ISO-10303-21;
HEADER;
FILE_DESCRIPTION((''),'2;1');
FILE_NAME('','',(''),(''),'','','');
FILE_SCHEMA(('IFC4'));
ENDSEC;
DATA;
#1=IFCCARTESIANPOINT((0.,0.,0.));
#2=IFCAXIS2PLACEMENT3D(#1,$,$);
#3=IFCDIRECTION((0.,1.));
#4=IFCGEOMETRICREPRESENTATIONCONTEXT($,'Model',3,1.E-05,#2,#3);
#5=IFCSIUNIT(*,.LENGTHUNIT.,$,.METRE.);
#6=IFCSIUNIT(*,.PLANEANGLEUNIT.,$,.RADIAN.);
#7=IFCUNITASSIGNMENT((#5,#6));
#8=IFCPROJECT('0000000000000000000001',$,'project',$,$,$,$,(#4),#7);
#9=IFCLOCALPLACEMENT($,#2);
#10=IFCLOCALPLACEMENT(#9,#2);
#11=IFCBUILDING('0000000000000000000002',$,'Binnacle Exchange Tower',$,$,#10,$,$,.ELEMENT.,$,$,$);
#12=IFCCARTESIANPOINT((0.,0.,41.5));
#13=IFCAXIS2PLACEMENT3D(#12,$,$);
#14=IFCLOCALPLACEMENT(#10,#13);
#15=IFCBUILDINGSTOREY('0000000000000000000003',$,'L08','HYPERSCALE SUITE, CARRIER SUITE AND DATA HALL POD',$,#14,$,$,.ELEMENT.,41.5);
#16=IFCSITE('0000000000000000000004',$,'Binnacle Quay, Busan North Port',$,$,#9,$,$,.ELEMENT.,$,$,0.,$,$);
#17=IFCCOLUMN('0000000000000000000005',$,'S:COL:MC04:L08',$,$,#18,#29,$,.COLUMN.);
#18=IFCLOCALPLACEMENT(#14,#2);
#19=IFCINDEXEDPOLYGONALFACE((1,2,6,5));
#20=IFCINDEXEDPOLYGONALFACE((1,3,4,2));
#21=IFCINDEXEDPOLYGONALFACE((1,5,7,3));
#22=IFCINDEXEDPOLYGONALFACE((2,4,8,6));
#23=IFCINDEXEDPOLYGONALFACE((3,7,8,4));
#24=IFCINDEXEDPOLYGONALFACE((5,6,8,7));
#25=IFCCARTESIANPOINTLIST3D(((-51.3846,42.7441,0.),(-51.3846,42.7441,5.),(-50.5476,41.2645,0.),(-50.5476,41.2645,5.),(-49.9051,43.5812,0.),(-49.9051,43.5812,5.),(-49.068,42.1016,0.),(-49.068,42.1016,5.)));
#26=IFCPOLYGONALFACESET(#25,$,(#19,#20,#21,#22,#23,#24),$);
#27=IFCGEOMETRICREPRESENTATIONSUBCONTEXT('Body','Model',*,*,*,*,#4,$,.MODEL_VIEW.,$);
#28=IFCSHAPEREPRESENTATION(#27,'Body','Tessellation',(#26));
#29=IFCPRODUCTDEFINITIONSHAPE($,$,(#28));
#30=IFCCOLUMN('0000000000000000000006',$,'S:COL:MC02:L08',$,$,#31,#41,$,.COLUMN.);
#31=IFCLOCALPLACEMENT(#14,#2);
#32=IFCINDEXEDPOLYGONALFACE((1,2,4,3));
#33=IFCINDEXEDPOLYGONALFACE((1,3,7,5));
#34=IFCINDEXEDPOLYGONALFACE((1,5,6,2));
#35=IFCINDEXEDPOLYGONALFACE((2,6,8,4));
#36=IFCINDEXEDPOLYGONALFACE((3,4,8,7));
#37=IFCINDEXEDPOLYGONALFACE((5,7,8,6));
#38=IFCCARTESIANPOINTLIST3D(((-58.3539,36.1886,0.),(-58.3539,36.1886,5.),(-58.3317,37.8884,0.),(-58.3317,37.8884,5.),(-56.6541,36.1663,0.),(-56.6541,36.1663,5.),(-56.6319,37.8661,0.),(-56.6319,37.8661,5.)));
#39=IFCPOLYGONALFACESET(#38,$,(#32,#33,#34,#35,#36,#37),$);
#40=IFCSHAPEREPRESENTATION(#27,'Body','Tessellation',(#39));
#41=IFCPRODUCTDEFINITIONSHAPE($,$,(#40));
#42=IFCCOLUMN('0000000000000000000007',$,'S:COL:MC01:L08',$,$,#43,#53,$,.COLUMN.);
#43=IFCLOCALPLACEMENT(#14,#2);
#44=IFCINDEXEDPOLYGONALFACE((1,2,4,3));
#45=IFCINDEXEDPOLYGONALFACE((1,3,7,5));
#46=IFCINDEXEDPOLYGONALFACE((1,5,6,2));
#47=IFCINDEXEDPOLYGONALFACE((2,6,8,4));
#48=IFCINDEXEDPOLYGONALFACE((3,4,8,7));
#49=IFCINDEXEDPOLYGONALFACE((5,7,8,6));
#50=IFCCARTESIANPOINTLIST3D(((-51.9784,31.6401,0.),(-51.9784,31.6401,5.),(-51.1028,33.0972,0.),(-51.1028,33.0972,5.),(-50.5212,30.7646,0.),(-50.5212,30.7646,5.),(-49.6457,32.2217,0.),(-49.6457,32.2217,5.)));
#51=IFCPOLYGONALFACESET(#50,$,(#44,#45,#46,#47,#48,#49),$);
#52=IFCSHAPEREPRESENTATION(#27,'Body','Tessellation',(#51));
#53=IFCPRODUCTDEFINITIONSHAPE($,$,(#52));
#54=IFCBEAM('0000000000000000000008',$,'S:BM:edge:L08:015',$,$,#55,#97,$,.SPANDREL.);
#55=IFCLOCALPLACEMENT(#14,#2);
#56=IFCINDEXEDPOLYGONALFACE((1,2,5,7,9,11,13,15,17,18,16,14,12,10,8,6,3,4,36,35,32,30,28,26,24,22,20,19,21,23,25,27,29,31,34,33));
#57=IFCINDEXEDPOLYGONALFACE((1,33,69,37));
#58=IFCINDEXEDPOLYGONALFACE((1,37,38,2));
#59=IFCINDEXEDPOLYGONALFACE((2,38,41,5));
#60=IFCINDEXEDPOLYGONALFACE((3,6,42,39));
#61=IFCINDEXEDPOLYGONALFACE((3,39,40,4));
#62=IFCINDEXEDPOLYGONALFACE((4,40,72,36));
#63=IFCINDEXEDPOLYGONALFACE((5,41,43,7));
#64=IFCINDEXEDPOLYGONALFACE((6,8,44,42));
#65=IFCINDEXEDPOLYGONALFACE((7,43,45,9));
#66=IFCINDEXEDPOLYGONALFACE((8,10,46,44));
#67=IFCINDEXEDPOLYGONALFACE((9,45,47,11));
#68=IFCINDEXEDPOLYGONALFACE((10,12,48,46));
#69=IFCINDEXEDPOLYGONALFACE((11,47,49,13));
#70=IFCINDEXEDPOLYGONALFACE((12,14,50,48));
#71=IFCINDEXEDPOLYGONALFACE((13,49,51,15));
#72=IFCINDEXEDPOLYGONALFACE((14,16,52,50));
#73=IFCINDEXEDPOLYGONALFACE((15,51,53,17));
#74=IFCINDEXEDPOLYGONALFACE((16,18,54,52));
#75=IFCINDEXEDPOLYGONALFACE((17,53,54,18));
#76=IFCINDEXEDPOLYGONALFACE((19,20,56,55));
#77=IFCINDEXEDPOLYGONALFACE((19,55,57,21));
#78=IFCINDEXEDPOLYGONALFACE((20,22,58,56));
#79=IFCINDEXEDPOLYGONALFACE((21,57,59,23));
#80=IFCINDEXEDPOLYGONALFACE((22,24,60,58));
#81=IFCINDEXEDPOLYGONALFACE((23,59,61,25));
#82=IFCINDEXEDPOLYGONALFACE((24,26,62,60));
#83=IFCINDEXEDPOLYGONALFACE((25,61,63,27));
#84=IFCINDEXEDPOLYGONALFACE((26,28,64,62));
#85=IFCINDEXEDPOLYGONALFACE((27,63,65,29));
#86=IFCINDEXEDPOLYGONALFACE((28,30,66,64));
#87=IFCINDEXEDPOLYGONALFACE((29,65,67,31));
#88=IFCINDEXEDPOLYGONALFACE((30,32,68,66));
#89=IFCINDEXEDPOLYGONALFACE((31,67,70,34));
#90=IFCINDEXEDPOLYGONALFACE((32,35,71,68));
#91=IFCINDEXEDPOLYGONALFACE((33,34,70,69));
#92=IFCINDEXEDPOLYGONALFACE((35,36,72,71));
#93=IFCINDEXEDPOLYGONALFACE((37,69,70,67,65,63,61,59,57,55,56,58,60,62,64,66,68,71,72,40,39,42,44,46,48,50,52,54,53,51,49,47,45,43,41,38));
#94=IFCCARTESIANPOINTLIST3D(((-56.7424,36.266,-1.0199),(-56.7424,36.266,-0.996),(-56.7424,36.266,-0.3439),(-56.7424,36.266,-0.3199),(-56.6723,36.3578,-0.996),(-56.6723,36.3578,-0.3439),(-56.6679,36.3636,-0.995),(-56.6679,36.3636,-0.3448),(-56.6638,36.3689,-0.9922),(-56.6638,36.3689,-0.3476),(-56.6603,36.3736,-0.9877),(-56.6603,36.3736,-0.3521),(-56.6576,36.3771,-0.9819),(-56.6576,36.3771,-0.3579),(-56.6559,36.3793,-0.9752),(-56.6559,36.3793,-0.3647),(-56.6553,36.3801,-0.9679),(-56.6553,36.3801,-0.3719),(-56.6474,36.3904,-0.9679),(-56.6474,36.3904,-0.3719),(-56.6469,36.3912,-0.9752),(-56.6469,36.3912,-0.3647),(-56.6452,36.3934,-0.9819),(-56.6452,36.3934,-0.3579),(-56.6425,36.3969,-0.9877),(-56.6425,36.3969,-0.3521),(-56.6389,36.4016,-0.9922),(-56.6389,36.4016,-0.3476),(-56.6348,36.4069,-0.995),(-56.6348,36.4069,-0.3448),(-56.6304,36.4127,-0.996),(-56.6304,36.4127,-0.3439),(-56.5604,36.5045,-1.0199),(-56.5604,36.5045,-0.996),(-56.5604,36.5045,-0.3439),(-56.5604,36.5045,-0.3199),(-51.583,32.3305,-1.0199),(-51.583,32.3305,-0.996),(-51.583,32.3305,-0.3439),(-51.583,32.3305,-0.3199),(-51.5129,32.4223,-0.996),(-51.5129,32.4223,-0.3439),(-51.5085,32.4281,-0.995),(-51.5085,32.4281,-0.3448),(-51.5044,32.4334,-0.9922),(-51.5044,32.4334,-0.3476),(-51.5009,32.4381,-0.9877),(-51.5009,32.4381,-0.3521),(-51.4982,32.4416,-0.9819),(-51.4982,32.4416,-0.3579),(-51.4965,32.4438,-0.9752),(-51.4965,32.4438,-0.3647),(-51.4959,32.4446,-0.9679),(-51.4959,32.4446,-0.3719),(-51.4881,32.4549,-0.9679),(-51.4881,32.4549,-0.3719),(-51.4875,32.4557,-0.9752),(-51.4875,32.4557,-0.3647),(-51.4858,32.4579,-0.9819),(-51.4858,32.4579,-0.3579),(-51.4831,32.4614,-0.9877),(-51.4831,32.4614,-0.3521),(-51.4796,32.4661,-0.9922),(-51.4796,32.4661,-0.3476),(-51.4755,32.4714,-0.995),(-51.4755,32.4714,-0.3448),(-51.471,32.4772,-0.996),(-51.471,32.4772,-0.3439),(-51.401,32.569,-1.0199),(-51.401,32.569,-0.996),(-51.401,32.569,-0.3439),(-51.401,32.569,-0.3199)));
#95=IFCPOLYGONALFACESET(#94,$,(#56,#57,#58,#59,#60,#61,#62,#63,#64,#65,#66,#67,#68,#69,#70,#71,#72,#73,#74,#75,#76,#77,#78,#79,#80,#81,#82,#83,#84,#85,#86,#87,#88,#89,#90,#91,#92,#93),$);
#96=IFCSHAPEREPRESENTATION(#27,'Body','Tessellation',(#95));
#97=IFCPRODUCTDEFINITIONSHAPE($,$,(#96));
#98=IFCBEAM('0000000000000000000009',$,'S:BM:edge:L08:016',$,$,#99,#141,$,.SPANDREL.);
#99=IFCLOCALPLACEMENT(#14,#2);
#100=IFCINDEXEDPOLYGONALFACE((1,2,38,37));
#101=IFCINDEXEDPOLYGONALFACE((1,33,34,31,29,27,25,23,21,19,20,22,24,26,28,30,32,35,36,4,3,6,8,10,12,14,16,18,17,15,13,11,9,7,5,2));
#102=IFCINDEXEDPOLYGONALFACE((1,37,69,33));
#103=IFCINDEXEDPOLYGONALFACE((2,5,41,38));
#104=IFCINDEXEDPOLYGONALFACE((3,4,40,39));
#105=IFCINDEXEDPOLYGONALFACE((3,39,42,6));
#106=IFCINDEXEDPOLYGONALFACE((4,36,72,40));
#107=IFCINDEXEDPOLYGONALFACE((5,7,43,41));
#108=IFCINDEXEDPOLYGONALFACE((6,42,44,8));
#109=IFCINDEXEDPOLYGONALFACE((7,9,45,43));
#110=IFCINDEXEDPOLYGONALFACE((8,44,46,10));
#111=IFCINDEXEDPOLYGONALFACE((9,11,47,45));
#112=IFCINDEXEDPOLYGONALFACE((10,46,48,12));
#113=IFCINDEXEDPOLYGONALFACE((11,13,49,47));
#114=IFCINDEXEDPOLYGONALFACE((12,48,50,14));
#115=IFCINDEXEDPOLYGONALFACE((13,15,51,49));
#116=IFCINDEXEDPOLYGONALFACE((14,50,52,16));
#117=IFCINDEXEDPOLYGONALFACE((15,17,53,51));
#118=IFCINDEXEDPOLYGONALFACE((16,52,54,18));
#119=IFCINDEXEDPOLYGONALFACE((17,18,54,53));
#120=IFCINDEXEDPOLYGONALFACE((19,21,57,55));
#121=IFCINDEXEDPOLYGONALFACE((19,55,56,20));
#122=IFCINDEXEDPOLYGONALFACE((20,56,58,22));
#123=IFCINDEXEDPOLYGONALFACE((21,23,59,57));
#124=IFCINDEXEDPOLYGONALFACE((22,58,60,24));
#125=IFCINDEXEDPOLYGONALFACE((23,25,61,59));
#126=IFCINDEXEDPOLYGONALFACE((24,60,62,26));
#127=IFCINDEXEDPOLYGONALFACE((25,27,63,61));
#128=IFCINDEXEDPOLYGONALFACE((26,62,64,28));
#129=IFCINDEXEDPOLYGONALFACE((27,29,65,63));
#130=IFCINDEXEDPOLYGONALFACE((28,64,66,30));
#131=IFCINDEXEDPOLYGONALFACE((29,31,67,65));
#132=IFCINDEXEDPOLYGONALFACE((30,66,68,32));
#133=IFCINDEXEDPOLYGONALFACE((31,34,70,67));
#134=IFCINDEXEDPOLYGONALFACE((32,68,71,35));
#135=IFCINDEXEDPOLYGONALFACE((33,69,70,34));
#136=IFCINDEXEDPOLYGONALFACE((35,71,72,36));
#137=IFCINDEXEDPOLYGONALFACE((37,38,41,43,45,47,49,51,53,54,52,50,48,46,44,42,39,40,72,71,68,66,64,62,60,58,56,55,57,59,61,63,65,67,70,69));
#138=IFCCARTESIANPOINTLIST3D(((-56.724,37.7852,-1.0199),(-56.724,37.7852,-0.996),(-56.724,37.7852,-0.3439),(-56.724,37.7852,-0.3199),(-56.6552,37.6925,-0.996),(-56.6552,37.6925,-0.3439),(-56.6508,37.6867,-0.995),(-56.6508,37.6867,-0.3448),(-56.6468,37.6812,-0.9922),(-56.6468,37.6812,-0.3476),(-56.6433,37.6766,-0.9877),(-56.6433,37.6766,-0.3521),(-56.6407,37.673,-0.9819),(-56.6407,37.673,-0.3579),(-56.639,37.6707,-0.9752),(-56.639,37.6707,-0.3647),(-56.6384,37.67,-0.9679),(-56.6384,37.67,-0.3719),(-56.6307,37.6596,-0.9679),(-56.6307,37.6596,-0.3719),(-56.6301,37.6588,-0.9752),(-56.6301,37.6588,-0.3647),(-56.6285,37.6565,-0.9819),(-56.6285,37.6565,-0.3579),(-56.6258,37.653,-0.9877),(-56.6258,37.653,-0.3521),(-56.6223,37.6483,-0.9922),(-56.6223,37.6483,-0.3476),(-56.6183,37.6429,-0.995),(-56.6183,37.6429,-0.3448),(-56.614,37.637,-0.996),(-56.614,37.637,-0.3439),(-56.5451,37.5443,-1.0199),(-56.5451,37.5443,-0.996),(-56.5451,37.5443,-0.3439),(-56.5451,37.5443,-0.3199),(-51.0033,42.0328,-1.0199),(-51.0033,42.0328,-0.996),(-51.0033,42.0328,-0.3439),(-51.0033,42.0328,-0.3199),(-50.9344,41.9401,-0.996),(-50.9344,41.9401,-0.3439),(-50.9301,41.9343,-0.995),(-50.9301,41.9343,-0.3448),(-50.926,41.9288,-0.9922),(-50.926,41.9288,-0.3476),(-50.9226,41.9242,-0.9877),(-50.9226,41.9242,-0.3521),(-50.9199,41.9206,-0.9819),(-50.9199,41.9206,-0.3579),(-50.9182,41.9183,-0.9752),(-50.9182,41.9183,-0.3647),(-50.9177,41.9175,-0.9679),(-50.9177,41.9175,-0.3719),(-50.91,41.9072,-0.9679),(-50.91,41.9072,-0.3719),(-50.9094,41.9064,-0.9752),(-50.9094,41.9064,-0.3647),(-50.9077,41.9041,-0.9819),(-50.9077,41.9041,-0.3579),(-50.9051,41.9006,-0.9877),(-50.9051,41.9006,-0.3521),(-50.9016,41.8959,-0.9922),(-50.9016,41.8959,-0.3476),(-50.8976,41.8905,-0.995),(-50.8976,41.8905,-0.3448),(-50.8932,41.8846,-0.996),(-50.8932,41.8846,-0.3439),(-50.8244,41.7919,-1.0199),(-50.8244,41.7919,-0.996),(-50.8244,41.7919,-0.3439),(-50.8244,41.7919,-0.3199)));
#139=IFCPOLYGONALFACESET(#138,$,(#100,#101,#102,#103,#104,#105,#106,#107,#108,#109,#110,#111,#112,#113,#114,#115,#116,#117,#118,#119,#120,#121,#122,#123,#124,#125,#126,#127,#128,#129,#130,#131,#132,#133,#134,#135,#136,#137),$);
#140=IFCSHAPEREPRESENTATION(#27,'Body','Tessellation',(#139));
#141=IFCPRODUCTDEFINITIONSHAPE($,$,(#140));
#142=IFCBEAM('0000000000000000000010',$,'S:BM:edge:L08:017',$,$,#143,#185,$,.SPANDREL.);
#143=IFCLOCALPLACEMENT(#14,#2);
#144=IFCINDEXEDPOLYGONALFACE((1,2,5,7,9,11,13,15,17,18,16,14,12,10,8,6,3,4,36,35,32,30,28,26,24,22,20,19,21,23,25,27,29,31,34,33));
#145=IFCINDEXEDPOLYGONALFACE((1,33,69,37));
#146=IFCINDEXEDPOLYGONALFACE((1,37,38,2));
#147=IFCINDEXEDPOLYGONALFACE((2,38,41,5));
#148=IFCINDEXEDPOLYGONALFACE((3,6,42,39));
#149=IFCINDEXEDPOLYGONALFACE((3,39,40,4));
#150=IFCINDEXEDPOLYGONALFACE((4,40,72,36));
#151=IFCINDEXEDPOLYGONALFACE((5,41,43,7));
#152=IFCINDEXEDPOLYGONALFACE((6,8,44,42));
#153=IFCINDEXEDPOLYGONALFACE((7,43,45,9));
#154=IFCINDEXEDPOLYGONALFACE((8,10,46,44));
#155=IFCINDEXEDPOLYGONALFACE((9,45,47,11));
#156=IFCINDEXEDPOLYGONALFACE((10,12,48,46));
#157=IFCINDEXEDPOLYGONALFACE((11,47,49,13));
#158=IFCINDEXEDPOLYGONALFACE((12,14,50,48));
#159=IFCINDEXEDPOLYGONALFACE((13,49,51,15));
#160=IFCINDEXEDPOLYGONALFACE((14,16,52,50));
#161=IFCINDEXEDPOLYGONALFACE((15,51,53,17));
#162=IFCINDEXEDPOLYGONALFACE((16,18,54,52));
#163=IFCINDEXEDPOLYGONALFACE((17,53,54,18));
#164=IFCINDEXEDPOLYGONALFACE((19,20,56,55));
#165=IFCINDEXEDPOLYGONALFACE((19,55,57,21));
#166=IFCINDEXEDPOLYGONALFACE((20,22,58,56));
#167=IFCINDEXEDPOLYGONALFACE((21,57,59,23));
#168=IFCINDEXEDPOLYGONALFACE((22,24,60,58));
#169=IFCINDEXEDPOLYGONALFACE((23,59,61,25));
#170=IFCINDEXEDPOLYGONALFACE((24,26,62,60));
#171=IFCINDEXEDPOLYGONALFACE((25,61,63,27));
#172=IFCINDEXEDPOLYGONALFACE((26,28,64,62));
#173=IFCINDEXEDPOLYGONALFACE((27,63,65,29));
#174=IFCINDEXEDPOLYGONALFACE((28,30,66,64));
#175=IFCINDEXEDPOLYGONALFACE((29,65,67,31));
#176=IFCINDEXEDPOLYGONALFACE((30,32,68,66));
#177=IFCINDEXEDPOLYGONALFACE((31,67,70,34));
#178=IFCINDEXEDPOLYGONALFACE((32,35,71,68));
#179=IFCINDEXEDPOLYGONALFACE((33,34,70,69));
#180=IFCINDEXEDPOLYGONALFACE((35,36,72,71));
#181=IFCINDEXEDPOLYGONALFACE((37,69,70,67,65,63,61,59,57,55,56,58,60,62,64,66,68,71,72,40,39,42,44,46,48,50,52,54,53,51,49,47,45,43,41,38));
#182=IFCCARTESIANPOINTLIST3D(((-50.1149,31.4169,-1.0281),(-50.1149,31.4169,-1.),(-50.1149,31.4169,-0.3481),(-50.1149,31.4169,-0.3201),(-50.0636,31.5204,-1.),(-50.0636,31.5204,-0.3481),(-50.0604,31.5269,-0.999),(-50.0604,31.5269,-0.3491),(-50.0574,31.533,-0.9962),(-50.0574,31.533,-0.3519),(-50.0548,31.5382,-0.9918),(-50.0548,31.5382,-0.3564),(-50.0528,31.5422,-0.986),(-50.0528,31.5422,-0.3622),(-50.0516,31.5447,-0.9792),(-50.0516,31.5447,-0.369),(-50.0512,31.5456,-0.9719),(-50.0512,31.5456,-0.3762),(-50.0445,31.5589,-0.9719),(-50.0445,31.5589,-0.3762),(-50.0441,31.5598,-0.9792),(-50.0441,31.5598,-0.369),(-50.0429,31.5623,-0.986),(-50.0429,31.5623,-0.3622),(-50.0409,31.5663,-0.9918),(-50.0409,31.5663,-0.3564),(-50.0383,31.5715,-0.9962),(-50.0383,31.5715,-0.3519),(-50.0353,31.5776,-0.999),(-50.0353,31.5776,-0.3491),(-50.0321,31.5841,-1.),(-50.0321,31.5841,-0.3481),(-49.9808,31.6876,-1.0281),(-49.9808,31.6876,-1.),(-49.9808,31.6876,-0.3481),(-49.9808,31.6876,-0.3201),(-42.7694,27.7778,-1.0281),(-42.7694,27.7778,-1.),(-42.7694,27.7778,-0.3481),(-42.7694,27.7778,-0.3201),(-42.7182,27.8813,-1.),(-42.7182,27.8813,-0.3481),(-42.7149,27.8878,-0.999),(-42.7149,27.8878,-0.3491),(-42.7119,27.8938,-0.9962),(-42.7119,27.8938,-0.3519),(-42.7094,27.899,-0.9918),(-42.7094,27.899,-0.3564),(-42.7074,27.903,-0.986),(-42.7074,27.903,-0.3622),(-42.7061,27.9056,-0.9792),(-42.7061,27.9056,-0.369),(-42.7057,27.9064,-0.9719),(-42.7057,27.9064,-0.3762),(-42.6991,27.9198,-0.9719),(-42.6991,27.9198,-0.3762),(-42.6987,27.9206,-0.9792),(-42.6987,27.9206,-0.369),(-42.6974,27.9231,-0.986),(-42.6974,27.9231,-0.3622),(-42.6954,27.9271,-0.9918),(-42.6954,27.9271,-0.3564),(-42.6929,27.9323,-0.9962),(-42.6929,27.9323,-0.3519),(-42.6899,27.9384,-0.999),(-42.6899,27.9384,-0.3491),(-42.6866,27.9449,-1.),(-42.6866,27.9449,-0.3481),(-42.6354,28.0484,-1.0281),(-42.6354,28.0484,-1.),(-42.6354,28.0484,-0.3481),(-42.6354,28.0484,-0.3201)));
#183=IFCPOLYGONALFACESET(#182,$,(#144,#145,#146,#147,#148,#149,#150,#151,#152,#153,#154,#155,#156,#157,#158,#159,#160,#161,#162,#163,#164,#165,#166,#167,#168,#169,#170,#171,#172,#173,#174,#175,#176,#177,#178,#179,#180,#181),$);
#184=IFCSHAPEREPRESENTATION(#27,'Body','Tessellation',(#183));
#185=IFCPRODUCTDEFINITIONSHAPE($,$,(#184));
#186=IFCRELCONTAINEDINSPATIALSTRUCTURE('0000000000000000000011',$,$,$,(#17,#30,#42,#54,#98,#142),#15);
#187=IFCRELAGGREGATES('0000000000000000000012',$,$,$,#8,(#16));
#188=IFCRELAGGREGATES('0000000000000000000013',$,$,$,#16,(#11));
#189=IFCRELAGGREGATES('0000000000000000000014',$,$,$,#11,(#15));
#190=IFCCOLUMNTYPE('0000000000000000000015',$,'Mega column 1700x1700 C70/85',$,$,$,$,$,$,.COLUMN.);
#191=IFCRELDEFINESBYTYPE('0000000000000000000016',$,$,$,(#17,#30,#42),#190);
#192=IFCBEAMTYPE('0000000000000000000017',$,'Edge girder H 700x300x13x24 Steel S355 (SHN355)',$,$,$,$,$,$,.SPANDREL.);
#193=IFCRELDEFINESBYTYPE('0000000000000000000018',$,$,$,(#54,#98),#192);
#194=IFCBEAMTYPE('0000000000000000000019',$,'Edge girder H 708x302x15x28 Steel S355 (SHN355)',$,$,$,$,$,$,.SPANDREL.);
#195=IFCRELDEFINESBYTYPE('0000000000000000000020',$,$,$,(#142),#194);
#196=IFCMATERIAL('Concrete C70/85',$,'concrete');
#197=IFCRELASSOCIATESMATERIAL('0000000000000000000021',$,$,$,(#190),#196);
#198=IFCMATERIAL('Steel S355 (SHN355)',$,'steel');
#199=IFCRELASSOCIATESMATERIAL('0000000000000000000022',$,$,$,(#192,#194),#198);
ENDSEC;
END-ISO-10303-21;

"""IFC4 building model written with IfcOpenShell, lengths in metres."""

from ifc_helpers import new_model, si_unit, direction, frame, origin, origin_2d, place, context, subcontext, project, spatial, rectangle, i_section, extrude, material, material_profile, profile_set, type_object, element, save


model = new_model("IFC4")

# Units and contexts
model_context = context("Model", 3, precision=1e-05, world=origin(), true_north=direction((0.0, 1.0)))
body_context = subcontext(model_context, "Body", "Model", "MODEL_VIEW")
ifc_project = project(units=[si_unit("LENGTHUNIT", "METRE"), si_unit("PLANEANGLEUNIT", "RADIAN")], contexts=[model_context])

# Site, building, storey
site_placement = place(None, origin())
site = spatial("IfcSite", under=ifc_project, at=site_placement, Name="Binnacle Quay, Busan North Port", CompositionType="ELEMENT", RefElevation=0.0)
building_placement = place(site_placement, origin())
building = spatial("IfcBuilding", under=site, at=building_placement, Name="Binnacle Exchange Tower", CompositionType="ELEMENT")
storey_placement = place(building_placement, frame((0.0, 0.0, 41.5)))
storey = spatial("IfcBuildingStorey", under=building, at=storey_placement, Name="L08", Description="HYPERSCALE SUITE, CARRIER SUITE AND DATA HALL POD", CompositionType="ELEMENT", Elevation=41.5)

# Columns
ifc_material_1 = material(Name="Concrete C70/85", Category="concrete")
ifc_material_profile_1 = material_profile(ifc_material_1, rectangle(XDim=1.7, YDim=1.7, at=origin_2d()), Name="Mega column 1700x1700 C70/85")
ifc_profile_set_1 = profile_set([ifc_material_profile_1], Name="Concrete C70/85")
column_type = type_object("IfcColumnType", Name="Mega column 1700x1700 C70/85", PredefinedType="COLUMN", material=ifc_profile_set_1)
for number, where, z_axis, x_axis, name in (
    (1, (-50.2263, 42.4229, 0.0), (0.0, 0.0, 1.0), (-0.870356, -0.492424, 0.0), "S:COL:MC04:L08"),
    (2, (-57.4929, 37.0273, 0.0), (0.0, 0.0, 1.0), (-0.01309, -0.999914, 0.0), "S:COL:MC02:L08"),
    (3, (-50.812, 31.9309, 0.0), (0.0, 0.0, 1.0), (0.857167, -0.515038, 0.0), "S:COL:MC01:L08"),
):
    element("IfcColumn", number, at=place(storey_placement, frame(where, z_axis=z_axis, x_axis=x_axis)), inside=storey, type_object=column_type, Name=name, PredefinedType="COLUMN", context=body_context, shape_type="SweptSolid", body=[
        extrude(rectangle(XDim=1.7, YDim=1.7, at=origin_2d()), origin(), (0.0, 0.0, 1.0), 5.0),
    ])

# Beams
ifc_material_2 = material(Name="Steel S355 (SHN355)", Category="steel")
ifc_material_profile_2 = material_profile(ifc_material_2, i_section(OverallWidth=0.3, OverallDepth=0.7, WebThickness=0.0129, FlangeThickness=0.0239, FilletRadius=0.0281, at=origin_2d()), Name="H 700x300x13x24")
ifc_profile_set_2 = profile_set([ifc_material_profile_2], Name="Steel S355 (SHN355)")
beam_type_1 = type_object("IfcBeamType", Name="Edge girder H 700x300x13x24 Steel S355 (SHN355)", PredefinedType="SPANDREL", material=ifc_profile_set_2)
beam_1_placement = place(storey_placement, frame((-56.6514, 36.3853, -0.6699), z_axis=(0.795093, -0.606487, 0.0), x_axis=(0.606487, 0.795093, 0.0)))
element("IfcBeam", 4, at=beam_1_placement, inside=storey, type_object=beam_type_1, Name="S:BM:edge:L08:015", PredefinedType="SPANDREL", context=body_context, shape_type="SweptSolid", body=[
    extrude(i_section(OverallWidth=0.3, OverallDepth=0.7, WebThickness=0.0129, FlangeThickness=0.0239, FilletRadius=0.0281, at=origin_2d()), origin(), (0.0, 0.0, 1.0), 6.489),
])
beam_2_placement = place(storey_placement, frame((-50.9138, 41.9124, -0.6699), z_axis=(-0.802885, -0.596133, 0.0), x_axis=(0.596133, -0.802885, 0.0)))
element("IfcBeam", 5, at=beam_2_placement, inside=storey, type_object=beam_type_1, Name="S:BM:edge:L08:016", PredefinedType="SPANDREL", context=body_context, shape_type="SweptSolid", body=[
    extrude(i_section(OverallWidth=0.3, OverallDepth=0.7, WebThickness=0.0129, FlangeThickness=0.0239, FilletRadius=0.0281, at=origin_2d()), origin(), (0.0, 0.0, 1.0), 7.1252),
])
ifc_material_profile_3 = material_profile(ifc_material_2, i_section(OverallWidth=0.302, OverallDepth=0.708, WebThickness=0.0149, FlangeThickness=0.0281, FilletRadius=0.0281, at=origin_2d()), Name="H 708x302x15x28")
ifc_profile_set_3 = profile_set([ifc_material_profile_3], Name="Steel S355 (SHN355)")
beam_type_2 = type_object("IfcBeamType", Name="Edge girder H 708x302x15x28 Steel S355 (SHN355)", PredefinedType="SPANDREL", material=ifc_profile_set_3)
beam_3_placement = place(storey_placement, frame((-50.0479, 31.5522, -0.6741), z_axis=(0.896059, -0.443935, 0.0), x_axis=(0.443935, 0.896059, 0.0)))
element("IfcBeam", 6, at=beam_3_placement, inside=storey, type_object=beam_type_2, Name="S:BM:edge:L08:017", PredefinedType="SPANDREL", context=body_context, shape_type="SweptSolid", body=[
    extrude(i_section(OverallWidth=0.302, OverallDepth=0.708, WebThickness=0.0149, FlangeThickness=0.0281, FilletRadius=0.0281, at=origin_2d()), origin(), (0.0, 0.0, 1.0), 8.1975),
])

save(model, "model.ifc")
